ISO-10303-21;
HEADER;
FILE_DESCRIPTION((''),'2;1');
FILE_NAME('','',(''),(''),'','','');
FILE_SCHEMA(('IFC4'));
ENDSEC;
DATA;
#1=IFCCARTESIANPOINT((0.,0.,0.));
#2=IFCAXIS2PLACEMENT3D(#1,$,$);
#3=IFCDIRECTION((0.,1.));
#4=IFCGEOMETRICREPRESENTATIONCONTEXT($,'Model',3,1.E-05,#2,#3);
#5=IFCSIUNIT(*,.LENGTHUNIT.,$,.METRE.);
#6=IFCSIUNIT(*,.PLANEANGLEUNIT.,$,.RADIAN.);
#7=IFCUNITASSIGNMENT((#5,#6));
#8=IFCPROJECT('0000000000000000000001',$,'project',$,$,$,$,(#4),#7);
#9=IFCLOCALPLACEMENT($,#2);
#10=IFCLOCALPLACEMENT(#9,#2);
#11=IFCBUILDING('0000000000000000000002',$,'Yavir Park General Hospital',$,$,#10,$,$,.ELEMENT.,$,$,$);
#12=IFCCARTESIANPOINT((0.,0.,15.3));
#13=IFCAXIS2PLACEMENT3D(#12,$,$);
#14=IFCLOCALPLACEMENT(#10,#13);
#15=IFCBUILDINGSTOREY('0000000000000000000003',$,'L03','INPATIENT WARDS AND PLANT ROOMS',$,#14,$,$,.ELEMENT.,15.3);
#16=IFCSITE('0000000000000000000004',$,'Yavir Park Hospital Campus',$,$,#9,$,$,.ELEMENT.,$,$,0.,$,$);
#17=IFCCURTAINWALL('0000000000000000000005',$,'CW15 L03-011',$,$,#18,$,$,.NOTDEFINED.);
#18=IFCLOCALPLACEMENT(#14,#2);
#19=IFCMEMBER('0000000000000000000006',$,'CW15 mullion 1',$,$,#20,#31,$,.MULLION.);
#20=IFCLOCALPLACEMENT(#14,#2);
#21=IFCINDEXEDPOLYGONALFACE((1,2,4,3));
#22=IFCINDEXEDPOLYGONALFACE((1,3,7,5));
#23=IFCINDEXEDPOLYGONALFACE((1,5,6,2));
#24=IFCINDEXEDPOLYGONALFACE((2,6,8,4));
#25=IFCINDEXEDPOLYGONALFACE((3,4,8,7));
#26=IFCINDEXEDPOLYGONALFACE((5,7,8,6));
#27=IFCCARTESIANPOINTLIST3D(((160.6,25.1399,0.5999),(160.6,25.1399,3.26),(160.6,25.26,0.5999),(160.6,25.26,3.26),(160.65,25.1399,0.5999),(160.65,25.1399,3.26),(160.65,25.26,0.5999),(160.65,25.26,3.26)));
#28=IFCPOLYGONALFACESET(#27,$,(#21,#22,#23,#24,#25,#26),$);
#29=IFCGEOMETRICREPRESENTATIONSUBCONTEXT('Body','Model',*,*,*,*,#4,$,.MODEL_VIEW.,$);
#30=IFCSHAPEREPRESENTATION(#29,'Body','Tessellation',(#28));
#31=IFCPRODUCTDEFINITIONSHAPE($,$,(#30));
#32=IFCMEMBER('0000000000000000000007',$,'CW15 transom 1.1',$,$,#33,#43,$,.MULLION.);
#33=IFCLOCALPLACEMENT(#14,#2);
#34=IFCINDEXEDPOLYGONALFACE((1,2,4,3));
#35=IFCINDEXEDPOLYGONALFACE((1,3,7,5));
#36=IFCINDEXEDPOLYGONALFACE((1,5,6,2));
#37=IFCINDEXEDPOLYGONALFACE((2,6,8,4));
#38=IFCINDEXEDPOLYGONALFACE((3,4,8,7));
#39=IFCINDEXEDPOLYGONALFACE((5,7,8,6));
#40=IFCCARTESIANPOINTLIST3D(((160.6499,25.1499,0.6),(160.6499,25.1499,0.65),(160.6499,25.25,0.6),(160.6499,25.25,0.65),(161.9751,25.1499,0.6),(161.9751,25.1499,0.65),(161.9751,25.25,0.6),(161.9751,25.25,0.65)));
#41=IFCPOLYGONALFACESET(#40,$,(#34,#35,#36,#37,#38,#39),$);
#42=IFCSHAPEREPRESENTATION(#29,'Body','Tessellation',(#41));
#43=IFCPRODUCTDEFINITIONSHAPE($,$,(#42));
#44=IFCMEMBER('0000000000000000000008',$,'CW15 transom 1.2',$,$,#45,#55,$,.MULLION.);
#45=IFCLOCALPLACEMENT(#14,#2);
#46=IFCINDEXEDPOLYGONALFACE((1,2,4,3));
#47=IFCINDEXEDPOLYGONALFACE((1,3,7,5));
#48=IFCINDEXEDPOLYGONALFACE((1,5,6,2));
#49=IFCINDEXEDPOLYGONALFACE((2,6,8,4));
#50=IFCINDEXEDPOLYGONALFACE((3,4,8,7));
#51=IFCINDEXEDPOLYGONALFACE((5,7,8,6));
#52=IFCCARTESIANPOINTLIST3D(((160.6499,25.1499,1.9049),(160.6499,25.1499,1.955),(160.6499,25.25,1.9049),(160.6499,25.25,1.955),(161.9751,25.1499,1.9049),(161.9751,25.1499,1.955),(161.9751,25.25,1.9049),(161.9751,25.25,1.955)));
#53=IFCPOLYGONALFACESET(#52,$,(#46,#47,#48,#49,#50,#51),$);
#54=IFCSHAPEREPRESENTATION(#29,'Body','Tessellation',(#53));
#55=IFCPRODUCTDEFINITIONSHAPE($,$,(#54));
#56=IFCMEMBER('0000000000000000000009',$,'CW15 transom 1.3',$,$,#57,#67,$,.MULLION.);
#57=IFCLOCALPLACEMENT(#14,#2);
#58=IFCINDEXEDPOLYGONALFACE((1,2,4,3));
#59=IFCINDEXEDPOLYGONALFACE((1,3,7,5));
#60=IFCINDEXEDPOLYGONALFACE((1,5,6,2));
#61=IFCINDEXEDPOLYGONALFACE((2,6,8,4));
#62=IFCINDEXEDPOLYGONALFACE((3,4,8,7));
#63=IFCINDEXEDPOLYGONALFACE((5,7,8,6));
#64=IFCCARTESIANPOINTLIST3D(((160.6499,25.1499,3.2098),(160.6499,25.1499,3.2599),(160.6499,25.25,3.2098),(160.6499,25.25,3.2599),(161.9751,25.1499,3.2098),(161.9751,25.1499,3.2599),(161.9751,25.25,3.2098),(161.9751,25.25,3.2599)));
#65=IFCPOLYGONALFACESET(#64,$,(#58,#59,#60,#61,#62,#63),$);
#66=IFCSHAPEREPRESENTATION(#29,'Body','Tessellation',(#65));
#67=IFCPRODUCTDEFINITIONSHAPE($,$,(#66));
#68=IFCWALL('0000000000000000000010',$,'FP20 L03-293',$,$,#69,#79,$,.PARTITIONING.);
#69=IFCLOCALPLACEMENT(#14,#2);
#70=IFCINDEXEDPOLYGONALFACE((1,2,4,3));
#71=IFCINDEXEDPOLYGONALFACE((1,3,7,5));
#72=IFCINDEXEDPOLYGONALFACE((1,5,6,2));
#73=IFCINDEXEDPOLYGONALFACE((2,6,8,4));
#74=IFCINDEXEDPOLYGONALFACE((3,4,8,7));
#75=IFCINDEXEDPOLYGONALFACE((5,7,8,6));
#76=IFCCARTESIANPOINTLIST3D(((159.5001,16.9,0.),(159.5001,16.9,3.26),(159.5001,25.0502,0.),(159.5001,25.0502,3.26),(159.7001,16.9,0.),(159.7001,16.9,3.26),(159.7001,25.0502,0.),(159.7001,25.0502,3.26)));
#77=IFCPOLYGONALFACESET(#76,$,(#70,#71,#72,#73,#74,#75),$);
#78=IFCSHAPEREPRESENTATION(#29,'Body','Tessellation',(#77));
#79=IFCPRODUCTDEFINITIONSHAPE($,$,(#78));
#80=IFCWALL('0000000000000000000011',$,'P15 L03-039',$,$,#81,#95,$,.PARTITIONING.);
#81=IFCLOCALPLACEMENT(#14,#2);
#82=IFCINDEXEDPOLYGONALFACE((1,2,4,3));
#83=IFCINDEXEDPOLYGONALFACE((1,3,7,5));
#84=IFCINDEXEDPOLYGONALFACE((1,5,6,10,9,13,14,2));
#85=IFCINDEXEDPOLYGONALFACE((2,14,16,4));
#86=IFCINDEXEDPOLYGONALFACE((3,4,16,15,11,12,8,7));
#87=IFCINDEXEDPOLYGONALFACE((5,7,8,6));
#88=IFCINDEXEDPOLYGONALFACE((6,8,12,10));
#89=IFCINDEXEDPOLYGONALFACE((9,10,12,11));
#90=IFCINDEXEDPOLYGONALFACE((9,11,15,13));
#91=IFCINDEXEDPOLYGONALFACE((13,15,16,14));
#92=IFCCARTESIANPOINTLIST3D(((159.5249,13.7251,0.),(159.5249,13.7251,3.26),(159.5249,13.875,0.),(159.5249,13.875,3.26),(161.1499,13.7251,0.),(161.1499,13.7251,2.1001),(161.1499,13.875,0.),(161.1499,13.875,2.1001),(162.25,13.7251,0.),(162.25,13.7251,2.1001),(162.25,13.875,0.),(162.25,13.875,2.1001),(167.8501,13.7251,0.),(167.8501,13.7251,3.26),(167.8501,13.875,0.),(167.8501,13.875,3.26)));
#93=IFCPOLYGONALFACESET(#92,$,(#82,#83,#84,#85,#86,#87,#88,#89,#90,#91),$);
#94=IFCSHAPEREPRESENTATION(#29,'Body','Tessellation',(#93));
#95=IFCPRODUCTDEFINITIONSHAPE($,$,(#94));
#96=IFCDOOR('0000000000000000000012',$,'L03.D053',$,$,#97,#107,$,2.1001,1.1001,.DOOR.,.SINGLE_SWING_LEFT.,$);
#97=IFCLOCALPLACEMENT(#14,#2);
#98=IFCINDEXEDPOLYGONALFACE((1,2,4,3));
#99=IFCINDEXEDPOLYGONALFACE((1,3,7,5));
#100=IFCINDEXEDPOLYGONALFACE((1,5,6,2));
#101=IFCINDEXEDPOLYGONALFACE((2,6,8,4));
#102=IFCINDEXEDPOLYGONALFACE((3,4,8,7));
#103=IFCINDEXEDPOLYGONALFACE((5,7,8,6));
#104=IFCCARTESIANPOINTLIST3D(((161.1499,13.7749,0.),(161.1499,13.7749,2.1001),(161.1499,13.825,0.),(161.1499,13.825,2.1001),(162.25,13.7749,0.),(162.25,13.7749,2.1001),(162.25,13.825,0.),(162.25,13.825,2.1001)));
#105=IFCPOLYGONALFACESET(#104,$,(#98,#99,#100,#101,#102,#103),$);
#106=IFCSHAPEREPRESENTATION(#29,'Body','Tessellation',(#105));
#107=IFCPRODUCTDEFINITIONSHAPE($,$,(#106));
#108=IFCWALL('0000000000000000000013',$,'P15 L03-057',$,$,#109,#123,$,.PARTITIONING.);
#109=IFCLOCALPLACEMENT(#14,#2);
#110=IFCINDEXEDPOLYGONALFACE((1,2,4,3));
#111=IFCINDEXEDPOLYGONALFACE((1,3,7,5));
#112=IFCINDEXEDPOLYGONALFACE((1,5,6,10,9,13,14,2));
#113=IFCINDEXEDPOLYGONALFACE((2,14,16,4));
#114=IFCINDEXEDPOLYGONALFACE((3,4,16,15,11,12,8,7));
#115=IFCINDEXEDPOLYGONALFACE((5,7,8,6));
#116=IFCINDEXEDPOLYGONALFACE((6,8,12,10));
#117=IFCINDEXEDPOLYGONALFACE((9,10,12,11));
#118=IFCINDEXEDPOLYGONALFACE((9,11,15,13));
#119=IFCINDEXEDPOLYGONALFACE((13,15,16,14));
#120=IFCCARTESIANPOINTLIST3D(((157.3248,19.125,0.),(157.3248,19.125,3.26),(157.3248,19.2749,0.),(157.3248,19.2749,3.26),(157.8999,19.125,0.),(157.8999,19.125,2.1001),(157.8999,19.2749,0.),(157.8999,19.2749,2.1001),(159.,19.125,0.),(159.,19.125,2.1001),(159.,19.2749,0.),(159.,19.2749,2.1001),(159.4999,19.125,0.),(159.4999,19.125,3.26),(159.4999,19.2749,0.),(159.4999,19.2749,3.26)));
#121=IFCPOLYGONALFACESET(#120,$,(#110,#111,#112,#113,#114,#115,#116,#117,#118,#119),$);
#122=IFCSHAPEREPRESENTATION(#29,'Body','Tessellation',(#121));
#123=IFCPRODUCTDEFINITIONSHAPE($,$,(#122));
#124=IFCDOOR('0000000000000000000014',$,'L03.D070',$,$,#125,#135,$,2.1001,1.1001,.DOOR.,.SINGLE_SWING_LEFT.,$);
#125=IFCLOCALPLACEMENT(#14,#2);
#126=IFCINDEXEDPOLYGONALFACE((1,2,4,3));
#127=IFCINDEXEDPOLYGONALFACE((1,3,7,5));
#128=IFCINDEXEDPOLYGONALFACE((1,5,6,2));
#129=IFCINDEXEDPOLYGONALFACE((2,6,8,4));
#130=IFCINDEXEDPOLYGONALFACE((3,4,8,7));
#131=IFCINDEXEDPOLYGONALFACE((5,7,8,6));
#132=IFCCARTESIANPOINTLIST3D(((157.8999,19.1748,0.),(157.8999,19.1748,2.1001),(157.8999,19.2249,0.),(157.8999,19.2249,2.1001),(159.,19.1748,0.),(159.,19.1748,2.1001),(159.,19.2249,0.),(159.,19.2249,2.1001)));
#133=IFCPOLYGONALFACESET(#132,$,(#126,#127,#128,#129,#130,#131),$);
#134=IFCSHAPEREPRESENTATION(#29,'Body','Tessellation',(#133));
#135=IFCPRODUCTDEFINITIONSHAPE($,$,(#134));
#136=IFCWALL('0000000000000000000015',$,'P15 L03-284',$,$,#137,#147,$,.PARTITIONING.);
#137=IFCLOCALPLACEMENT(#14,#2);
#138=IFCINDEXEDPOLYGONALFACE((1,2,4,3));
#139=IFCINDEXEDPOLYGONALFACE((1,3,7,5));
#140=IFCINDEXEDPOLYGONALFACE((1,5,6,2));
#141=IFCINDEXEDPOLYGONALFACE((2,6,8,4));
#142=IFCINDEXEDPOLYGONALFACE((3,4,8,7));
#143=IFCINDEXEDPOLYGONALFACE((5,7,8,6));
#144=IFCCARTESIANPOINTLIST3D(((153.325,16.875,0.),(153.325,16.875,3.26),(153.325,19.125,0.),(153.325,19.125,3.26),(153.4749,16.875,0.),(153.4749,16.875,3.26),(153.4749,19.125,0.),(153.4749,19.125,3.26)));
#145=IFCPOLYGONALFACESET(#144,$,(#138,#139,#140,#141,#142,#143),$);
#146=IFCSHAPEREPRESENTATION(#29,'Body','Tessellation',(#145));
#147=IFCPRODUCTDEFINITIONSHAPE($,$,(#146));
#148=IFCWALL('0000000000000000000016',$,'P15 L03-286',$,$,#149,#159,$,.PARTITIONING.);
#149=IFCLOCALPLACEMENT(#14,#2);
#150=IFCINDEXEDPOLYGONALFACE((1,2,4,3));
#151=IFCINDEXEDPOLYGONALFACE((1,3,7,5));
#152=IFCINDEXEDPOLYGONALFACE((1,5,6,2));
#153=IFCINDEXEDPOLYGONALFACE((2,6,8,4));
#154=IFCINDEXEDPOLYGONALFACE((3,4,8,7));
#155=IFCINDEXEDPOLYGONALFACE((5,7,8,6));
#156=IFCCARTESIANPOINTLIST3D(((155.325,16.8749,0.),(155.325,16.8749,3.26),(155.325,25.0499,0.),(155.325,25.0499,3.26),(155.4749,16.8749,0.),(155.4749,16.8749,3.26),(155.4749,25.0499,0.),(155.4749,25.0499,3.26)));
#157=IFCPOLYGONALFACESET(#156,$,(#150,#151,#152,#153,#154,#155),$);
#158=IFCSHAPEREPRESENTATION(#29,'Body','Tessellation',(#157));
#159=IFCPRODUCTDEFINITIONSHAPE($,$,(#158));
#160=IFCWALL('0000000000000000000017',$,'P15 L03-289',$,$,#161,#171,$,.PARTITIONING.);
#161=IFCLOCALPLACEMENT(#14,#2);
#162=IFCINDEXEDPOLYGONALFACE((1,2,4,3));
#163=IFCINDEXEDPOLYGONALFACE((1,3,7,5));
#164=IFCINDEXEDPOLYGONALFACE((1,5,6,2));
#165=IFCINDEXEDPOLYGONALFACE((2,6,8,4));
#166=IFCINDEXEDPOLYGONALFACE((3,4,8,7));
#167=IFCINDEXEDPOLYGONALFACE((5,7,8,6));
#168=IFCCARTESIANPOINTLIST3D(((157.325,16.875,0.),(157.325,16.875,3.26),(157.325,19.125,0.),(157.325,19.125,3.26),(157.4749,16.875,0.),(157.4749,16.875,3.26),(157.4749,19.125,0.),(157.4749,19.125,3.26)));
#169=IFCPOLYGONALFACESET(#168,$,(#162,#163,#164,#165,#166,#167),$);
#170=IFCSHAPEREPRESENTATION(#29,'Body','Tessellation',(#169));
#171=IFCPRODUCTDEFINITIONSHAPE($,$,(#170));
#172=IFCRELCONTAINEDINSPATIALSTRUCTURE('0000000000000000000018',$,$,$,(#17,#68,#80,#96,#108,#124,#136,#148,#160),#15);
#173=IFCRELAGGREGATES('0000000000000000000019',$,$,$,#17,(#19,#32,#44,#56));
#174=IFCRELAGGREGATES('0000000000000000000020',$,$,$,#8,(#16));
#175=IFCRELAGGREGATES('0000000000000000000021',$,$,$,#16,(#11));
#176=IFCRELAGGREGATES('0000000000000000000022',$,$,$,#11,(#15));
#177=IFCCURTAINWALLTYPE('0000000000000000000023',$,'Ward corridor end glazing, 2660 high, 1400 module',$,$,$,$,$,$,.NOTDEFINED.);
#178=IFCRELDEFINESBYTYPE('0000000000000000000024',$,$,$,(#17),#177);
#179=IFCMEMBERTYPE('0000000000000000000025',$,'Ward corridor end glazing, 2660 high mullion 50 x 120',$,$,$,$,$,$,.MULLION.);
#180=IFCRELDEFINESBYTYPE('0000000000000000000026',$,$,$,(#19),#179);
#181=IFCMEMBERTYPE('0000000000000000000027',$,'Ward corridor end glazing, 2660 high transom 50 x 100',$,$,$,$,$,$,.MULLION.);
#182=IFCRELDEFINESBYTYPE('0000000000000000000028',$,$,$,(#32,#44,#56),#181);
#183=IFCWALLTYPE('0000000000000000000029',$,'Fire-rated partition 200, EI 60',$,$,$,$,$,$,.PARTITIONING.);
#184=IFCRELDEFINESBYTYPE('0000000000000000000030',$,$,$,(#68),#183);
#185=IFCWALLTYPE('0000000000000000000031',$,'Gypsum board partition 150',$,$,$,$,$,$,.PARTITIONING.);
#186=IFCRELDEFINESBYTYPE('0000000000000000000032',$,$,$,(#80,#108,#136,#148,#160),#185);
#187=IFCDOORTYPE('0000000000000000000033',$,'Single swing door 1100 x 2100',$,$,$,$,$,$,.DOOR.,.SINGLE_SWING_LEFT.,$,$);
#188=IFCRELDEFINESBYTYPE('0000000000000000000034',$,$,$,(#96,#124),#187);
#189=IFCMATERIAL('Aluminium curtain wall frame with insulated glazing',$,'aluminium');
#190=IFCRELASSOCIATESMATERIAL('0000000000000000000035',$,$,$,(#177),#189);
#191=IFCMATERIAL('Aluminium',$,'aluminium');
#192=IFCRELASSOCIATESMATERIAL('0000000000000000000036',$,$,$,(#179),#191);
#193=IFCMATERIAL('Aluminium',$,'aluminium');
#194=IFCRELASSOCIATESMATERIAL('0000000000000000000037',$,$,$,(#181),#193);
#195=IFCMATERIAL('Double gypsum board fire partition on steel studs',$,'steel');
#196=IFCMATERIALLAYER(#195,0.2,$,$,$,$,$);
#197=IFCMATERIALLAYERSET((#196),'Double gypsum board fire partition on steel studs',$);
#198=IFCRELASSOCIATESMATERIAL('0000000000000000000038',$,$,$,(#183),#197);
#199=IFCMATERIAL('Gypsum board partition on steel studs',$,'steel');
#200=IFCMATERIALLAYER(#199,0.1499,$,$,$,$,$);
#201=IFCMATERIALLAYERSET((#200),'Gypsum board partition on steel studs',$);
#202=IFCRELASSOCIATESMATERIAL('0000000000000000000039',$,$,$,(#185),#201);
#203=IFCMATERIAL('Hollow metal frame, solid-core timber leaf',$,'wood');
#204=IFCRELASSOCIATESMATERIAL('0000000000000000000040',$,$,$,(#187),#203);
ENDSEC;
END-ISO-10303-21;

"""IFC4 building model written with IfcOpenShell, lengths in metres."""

from ifc_helpers import new_model, si_unit, direction, frame, frame_2d, origin, origin_2d, place, context, subcontext, project, spatial, rectangle, extrude, material, layer, layer_set, material_profile, profile_set, type_object, element, fill, aggregate, save


model = new_model("IFC4")

# Units and contexts
model_context = context("Model", 3, precision=1e-05, world=origin(), true_north=direction((0.0, 1.0)))
body_context = subcontext(model_context, "Body", "Model", "MODEL_VIEW")
ifc_project = project(units=[si_unit("LENGTHUNIT", "METRE"), si_unit("PLANEANGLEUNIT", "RADIAN")], contexts=[model_context])

# Site, building, storey
site_placement = place(None, origin())
site = spatial("IfcSite", under=ifc_project, at=site_placement, Name="Yavir Park Hospital Campus", CompositionType="ELEMENT", RefElevation=0.0)
building_placement = place(site_placement, origin())
building = spatial("IfcBuilding", under=site, at=building_placement, Name="Yavir Park General Hospital", CompositionType="ELEMENT")
storey_placement = place(building_placement, frame((0.0, 0.0, 15.3)))
storey = spatial("IfcBuildingStorey", under=building, at=storey_placement, Name="L03", Description="INPATIENT WARDS AND PLANT ROOMS", CompositionType="ELEMENT", Elevation=15.3)

# Curtain wall, members
ifc_material_1 = material(Name="Aluminium curtain wall frame with insulated glazing", Category="aluminium")
curtain_wall_type = type_object("IfcCurtainWallType", Name="Ward corridor end glazing, 2660 high, 1400 module", PredefinedType="NOTDEFINED", material=ifc_material_1)
curtain_wall_placement = place(storey_placement, origin())
curtain_wall = element("IfcCurtainWall", 1, at=curtain_wall_placement, inside=storey, type_object=curtain_wall_type, Name="CW15 L03-011", PredefinedType="NOTDEFINED")
ifc_material_2 = material(Name="Aluminium", Category="aluminium")
ifc_material_profile_1 = material_profile(ifc_material_2, rectangle(XDim=0.1201, YDim=0.05, at=origin_2d()), Name="AL 50x120")
ifc_profile_set_1 = profile_set([ifc_material_profile_1], Name="Aluminium")
member_type_1 = type_object("IfcMemberType", Name="Ward corridor end glazing, 2660 high mullion 50 x 120", PredefinedType="MULLION", material=ifc_profile_set_1)
member_1_placement = place(storey_placement, frame((160.625, 25.2, 0.5999), z_axis=(0.0, 0.0, 1.0), x_axis=(0.0, 1.0, 0.0)))
member_1 = element("IfcMember", 2, at=member_1_placement, type_object=member_type_1, Name="CW15 mullion 1", PredefinedType="MULLION", context=body_context, shape_type="SweptSolid", body=[
    extrude(rectangle(XDim=0.1201, YDim=0.05, at=origin_2d()), origin(), (0.0, 0.0, 1.0), 2.6602),
])
ifc_material_3 = material(Name="Aluminium", Category="aluminium")
ifc_material_profile_2 = material_profile(ifc_material_3, rectangle(XDim=0.1001, YDim=0.05, at=origin_2d()), Name="AL 100x50")
ifc_profile_set_2 = profile_set([ifc_material_profile_2], Name="Aluminium")
member_type_2 = type_object("IfcMemberType", Name="Ward corridor end glazing, 2660 high transom 50 x 100", PredefinedType="MULLION", material=ifc_profile_set_2)
member_2_placement = place(storey_placement, frame((160.6499, 25.2, 0.625), z_axis=(1.0, 0.0, 0.0), x_axis=(0.0, 1.0, 0.0)))
member_2 = element("IfcMember", 3, at=member_2_placement, type_object=member_type_2, Name="CW15 transom 1.1", PredefinedType="MULLION", context=body_context, shape_type="SweptSolid", body=[
    extrude(rectangle(XDim=0.1001, YDim=0.05, at=origin_2d()), origin(), (0.0, 0.0, 1.0), 1.3252),
])
member_3_placement = place(storey_placement, frame((160.6499, 25.2, 1.9299), z_axis=(1.0, 0.0, 0.0), x_axis=(0.0, 1.0, 0.0)))
member_3 = element("IfcMember", 4, at=member_3_placement, type_object=member_type_2, Name="CW15 transom 1.2", PredefinedType="MULLION", context=body_context, shape_type="SweptSolid", body=[
    extrude(rectangle(XDim=0.1001, YDim=0.05, at=origin_2d()), origin(), (0.0, 0.0, 1.0), 1.3252),
])
member_4_placement = place(storey_placement, frame((160.6499, 25.2, 3.2349), z_axis=(1.0, 0.0, 0.0), x_axis=(0.0, 1.0, 0.0)))
member_4 = element("IfcMember", 5, at=member_4_placement, type_object=member_type_2, Name="CW15 transom 1.3", PredefinedType="MULLION", context=body_context, shape_type="SweptSolid", body=[
    extrude(rectangle(XDim=0.1001, YDim=0.05, at=origin_2d()), origin(), (0.0, 0.0, 1.0), 1.3252),
])
aggregate(curtain_wall, [member_1, member_2, member_3, member_4])

# Shared definitions
ifc_material_4 = material(Name="Double gypsum board fire partition on steel studs", Category="steel")
ifc_layer_1 = layer(ifc_material_4, 0.2)
ifc_layer_set_1 = layer_set([ifc_layer_1], Name="Double gypsum board fire partition on steel studs")
wall_type_1 = type_object("IfcWallType", Name="Fire-rated partition 200, EI 60", PredefinedType="PARTITIONING", material=ifc_layer_set_1)

# Wall
wall_1_placement = place(storey_placement, frame((159.6001, 16.8999, 0.0), z_axis=(0.0, 0.0, 1.0), x_axis=(0.0, 1.0, 0.0)))
element("IfcWall", 6, at=wall_1_placement, inside=storey, type_object=wall_type_1, Name="FP20 L03-293", PredefinedType="PARTITIONING", context=body_context, shape_type="SweptSolid", body=[
    extrude(rectangle(XDim=8.1501, YDim=0.2, at=frame_2d((4.0752, 0.0))), origin(), (0.0, 0.0, 1.0), 3.26),
])

# Walls, openings, doors
ifc_material_5 = material(Name="Gypsum board partition on steel studs", Category="steel")
ifc_layer_2 = layer(ifc_material_5, 0.1499)
ifc_layer_set_2 = layer_set([ifc_layer_2], Name="Gypsum board partition on steel studs")
wall_type_2 = type_object("IfcWallType", Name="Gypsum board partition 150", PredefinedType="PARTITIONING", material=ifc_layer_set_2)
wall_2_placement = place(storey_placement, frame((159.5249, 13.8, 0.0), z_axis=(0.0, 0.0, 1.0), x_axis=(1.0, 0.0, 0.0)))
wall_2 = element("IfcWall", 7, at=wall_2_placement, inside=storey, type_object=wall_type_2, Name="P15 L03-039", PredefinedType="PARTITIONING", context=body_context, shape_type="SweptSolid", body=[
    extrude(rectangle(XDim=8.3252, YDim=0.1499, at=frame_2d((4.1626, 0.0))), origin(), (0.0, 0.0, 1.0), 3.26),
])
opening_1_placement = place(wall_2_placement, frame((1.625, 0.0, 0.0)))
opening_1 = element("IfcOpeningElement", 8, at=opening_1_placement, cuts=wall_2, PredefinedType="OPENING", context=body_context, shape_type="SweptSolid", body=[
    extrude(rectangle(XDim=1.1001, YDim=2.1001, at=frame_2d((0.55, 1.05))), frame((0.0, 0.085, 0.0), z_axis=(0.0, -1.0, 0.0), x_axis=(1.0, 0.0, 0.0)), (0.0, 0.0, 1.0), 0.1699),
])
ifc_material_6 = material(Name="Hollow metal frame, solid-core timber leaf", Category="wood")
door_type_1 = type_object("IfcDoorType", Name="Single swing door 1100 x 2100", OperationType="SINGLE_SWING_LEFT", PredefinedType="DOOR", material=ifc_material_6)
door_1_placement = place(opening_1_placement, origin())
door_1 = element("IfcDoor", 9, at=door_1_placement, inside=storey, type_object=door_type_1, Name="L03.D053", OperationType="SINGLE_SWING_LEFT", OverallHeight=2.1001, OverallWidth=1.1001, PredefinedType="DOOR", context=body_context, shape_type="SweptSolid", body=[
    extrude(rectangle(XDim=1.1001, YDim=2.1001, at=frame_2d((0.55, 1.05))), frame((0.0, 0.0249, 0.0), z_axis=(0.0, -1.0, 0.0), x_axis=(1.0, 0.0, 0.0)), (0.0, 0.0, 1.0), 0.05),
])
fill(opening_1, door_1)
wall_3_placement = place(storey_placement, frame((157.325, 19.2, 0.0), z_axis=(0.0, 0.0, 1.0), x_axis=(1.0, 0.0, 0.0)))
wall_3 = element("IfcWall", 10, at=wall_3_placement, inside=storey, type_object=wall_type_2, Name="P15 L03-057", PredefinedType="PARTITIONING", context=body_context, shape_type="SweptSolid", body=[
    extrude(rectangle(XDim=2.175, YDim=0.1499, at=frame_2d((1.0874, 0.0))), origin(), (0.0, 0.0, 1.0), 3.26),
])
opening_2_placement = place(wall_3_placement, frame((0.575, 0.0, 0.0)))
opening_2 = element("IfcOpeningElement", 11, at=opening_2_placement, cuts=wall_3, PredefinedType="OPENING", context=body_context, shape_type="SweptSolid", body=[
    extrude(rectangle(XDim=1.1001, YDim=2.1001, at=frame_2d((0.55, 1.05))), frame((0.0, 0.085, 0.0), z_axis=(0.0, -1.0, 0.0), x_axis=(1.0, 0.0, 0.0)), (0.0, 0.0, 1.0), 0.1699),
])
door_2_placement = place(opening_2_placement, origin())
door_2 = element("IfcDoor", 12, at=door_2_placement, inside=storey, type_object=door_type_1, Name="L03.D070", OperationType="SINGLE_SWING_LEFT", OverallHeight=2.1001, OverallWidth=1.1001, PredefinedType="DOOR", context=body_context, shape_type="SweptSolid", body=[
    extrude(rectangle(XDim=1.1001, YDim=2.1001, at=frame_2d((0.55, 1.05))), frame((0.0, 0.0249, 0.0), z_axis=(0.0, -1.0, 0.0), x_axis=(1.0, 0.0, 0.0)), (0.0, 0.0, 1.0), 0.05),
])
fill(opening_2, door_2)

# Walls
wall_4_placement = place(storey_placement, frame((153.3999, 16.875, 0.0), z_axis=(0.0, 0.0, 1.0), x_axis=(0.0, 1.0, 0.0)))
element("IfcWall", 13, at=wall_4_placement, inside=storey, type_object=wall_type_2, Name="P15 L03-284", PredefinedType="PARTITIONING", context=body_context, shape_type="SweptSolid", body=[
    extrude(rectangle(XDim=2.25, YDim=0.1499, at=frame_2d((1.125, 0.0))), origin(), (0.0, 0.0, 1.0), 3.26),
])
wall_5_placement = place(storey_placement, frame((155.3999, 16.875, 0.0), z_axis=(0.0, 0.0, 1.0), x_axis=(0.0, 1.0, 0.0)))
element("IfcWall", 14, at=wall_5_placement, inside=storey, type_object=wall_type_2, Name="P15 L03-286", PredefinedType="PARTITIONING", context=body_context, shape_type="SweptSolid", body=[
    extrude(rectangle(XDim=8.175, YDim=0.1499, at=frame_2d((4.0874, 0.0))), origin(), (0.0, 0.0, 1.0), 3.26),
])
wall_6_placement = place(storey_placement, frame((157.3999, 16.875, 0.0), z_axis=(0.0, 0.0, 1.0), x_axis=(0.0, 1.0, 0.0)))
element("IfcWall", 15, at=wall_6_placement, inside=storey, type_object=wall_type_2, Name="P15 L03-289", PredefinedType="PARTITIONING", context=body_context, shape_type="SweptSolid", body=[
    extrude(rectangle(XDim=2.25, YDim=0.1499, at=frame_2d((1.125, 0.0))), origin(), (0.0, 0.0, 1.0), 3.26),
])

save(model, "model.ifc")
